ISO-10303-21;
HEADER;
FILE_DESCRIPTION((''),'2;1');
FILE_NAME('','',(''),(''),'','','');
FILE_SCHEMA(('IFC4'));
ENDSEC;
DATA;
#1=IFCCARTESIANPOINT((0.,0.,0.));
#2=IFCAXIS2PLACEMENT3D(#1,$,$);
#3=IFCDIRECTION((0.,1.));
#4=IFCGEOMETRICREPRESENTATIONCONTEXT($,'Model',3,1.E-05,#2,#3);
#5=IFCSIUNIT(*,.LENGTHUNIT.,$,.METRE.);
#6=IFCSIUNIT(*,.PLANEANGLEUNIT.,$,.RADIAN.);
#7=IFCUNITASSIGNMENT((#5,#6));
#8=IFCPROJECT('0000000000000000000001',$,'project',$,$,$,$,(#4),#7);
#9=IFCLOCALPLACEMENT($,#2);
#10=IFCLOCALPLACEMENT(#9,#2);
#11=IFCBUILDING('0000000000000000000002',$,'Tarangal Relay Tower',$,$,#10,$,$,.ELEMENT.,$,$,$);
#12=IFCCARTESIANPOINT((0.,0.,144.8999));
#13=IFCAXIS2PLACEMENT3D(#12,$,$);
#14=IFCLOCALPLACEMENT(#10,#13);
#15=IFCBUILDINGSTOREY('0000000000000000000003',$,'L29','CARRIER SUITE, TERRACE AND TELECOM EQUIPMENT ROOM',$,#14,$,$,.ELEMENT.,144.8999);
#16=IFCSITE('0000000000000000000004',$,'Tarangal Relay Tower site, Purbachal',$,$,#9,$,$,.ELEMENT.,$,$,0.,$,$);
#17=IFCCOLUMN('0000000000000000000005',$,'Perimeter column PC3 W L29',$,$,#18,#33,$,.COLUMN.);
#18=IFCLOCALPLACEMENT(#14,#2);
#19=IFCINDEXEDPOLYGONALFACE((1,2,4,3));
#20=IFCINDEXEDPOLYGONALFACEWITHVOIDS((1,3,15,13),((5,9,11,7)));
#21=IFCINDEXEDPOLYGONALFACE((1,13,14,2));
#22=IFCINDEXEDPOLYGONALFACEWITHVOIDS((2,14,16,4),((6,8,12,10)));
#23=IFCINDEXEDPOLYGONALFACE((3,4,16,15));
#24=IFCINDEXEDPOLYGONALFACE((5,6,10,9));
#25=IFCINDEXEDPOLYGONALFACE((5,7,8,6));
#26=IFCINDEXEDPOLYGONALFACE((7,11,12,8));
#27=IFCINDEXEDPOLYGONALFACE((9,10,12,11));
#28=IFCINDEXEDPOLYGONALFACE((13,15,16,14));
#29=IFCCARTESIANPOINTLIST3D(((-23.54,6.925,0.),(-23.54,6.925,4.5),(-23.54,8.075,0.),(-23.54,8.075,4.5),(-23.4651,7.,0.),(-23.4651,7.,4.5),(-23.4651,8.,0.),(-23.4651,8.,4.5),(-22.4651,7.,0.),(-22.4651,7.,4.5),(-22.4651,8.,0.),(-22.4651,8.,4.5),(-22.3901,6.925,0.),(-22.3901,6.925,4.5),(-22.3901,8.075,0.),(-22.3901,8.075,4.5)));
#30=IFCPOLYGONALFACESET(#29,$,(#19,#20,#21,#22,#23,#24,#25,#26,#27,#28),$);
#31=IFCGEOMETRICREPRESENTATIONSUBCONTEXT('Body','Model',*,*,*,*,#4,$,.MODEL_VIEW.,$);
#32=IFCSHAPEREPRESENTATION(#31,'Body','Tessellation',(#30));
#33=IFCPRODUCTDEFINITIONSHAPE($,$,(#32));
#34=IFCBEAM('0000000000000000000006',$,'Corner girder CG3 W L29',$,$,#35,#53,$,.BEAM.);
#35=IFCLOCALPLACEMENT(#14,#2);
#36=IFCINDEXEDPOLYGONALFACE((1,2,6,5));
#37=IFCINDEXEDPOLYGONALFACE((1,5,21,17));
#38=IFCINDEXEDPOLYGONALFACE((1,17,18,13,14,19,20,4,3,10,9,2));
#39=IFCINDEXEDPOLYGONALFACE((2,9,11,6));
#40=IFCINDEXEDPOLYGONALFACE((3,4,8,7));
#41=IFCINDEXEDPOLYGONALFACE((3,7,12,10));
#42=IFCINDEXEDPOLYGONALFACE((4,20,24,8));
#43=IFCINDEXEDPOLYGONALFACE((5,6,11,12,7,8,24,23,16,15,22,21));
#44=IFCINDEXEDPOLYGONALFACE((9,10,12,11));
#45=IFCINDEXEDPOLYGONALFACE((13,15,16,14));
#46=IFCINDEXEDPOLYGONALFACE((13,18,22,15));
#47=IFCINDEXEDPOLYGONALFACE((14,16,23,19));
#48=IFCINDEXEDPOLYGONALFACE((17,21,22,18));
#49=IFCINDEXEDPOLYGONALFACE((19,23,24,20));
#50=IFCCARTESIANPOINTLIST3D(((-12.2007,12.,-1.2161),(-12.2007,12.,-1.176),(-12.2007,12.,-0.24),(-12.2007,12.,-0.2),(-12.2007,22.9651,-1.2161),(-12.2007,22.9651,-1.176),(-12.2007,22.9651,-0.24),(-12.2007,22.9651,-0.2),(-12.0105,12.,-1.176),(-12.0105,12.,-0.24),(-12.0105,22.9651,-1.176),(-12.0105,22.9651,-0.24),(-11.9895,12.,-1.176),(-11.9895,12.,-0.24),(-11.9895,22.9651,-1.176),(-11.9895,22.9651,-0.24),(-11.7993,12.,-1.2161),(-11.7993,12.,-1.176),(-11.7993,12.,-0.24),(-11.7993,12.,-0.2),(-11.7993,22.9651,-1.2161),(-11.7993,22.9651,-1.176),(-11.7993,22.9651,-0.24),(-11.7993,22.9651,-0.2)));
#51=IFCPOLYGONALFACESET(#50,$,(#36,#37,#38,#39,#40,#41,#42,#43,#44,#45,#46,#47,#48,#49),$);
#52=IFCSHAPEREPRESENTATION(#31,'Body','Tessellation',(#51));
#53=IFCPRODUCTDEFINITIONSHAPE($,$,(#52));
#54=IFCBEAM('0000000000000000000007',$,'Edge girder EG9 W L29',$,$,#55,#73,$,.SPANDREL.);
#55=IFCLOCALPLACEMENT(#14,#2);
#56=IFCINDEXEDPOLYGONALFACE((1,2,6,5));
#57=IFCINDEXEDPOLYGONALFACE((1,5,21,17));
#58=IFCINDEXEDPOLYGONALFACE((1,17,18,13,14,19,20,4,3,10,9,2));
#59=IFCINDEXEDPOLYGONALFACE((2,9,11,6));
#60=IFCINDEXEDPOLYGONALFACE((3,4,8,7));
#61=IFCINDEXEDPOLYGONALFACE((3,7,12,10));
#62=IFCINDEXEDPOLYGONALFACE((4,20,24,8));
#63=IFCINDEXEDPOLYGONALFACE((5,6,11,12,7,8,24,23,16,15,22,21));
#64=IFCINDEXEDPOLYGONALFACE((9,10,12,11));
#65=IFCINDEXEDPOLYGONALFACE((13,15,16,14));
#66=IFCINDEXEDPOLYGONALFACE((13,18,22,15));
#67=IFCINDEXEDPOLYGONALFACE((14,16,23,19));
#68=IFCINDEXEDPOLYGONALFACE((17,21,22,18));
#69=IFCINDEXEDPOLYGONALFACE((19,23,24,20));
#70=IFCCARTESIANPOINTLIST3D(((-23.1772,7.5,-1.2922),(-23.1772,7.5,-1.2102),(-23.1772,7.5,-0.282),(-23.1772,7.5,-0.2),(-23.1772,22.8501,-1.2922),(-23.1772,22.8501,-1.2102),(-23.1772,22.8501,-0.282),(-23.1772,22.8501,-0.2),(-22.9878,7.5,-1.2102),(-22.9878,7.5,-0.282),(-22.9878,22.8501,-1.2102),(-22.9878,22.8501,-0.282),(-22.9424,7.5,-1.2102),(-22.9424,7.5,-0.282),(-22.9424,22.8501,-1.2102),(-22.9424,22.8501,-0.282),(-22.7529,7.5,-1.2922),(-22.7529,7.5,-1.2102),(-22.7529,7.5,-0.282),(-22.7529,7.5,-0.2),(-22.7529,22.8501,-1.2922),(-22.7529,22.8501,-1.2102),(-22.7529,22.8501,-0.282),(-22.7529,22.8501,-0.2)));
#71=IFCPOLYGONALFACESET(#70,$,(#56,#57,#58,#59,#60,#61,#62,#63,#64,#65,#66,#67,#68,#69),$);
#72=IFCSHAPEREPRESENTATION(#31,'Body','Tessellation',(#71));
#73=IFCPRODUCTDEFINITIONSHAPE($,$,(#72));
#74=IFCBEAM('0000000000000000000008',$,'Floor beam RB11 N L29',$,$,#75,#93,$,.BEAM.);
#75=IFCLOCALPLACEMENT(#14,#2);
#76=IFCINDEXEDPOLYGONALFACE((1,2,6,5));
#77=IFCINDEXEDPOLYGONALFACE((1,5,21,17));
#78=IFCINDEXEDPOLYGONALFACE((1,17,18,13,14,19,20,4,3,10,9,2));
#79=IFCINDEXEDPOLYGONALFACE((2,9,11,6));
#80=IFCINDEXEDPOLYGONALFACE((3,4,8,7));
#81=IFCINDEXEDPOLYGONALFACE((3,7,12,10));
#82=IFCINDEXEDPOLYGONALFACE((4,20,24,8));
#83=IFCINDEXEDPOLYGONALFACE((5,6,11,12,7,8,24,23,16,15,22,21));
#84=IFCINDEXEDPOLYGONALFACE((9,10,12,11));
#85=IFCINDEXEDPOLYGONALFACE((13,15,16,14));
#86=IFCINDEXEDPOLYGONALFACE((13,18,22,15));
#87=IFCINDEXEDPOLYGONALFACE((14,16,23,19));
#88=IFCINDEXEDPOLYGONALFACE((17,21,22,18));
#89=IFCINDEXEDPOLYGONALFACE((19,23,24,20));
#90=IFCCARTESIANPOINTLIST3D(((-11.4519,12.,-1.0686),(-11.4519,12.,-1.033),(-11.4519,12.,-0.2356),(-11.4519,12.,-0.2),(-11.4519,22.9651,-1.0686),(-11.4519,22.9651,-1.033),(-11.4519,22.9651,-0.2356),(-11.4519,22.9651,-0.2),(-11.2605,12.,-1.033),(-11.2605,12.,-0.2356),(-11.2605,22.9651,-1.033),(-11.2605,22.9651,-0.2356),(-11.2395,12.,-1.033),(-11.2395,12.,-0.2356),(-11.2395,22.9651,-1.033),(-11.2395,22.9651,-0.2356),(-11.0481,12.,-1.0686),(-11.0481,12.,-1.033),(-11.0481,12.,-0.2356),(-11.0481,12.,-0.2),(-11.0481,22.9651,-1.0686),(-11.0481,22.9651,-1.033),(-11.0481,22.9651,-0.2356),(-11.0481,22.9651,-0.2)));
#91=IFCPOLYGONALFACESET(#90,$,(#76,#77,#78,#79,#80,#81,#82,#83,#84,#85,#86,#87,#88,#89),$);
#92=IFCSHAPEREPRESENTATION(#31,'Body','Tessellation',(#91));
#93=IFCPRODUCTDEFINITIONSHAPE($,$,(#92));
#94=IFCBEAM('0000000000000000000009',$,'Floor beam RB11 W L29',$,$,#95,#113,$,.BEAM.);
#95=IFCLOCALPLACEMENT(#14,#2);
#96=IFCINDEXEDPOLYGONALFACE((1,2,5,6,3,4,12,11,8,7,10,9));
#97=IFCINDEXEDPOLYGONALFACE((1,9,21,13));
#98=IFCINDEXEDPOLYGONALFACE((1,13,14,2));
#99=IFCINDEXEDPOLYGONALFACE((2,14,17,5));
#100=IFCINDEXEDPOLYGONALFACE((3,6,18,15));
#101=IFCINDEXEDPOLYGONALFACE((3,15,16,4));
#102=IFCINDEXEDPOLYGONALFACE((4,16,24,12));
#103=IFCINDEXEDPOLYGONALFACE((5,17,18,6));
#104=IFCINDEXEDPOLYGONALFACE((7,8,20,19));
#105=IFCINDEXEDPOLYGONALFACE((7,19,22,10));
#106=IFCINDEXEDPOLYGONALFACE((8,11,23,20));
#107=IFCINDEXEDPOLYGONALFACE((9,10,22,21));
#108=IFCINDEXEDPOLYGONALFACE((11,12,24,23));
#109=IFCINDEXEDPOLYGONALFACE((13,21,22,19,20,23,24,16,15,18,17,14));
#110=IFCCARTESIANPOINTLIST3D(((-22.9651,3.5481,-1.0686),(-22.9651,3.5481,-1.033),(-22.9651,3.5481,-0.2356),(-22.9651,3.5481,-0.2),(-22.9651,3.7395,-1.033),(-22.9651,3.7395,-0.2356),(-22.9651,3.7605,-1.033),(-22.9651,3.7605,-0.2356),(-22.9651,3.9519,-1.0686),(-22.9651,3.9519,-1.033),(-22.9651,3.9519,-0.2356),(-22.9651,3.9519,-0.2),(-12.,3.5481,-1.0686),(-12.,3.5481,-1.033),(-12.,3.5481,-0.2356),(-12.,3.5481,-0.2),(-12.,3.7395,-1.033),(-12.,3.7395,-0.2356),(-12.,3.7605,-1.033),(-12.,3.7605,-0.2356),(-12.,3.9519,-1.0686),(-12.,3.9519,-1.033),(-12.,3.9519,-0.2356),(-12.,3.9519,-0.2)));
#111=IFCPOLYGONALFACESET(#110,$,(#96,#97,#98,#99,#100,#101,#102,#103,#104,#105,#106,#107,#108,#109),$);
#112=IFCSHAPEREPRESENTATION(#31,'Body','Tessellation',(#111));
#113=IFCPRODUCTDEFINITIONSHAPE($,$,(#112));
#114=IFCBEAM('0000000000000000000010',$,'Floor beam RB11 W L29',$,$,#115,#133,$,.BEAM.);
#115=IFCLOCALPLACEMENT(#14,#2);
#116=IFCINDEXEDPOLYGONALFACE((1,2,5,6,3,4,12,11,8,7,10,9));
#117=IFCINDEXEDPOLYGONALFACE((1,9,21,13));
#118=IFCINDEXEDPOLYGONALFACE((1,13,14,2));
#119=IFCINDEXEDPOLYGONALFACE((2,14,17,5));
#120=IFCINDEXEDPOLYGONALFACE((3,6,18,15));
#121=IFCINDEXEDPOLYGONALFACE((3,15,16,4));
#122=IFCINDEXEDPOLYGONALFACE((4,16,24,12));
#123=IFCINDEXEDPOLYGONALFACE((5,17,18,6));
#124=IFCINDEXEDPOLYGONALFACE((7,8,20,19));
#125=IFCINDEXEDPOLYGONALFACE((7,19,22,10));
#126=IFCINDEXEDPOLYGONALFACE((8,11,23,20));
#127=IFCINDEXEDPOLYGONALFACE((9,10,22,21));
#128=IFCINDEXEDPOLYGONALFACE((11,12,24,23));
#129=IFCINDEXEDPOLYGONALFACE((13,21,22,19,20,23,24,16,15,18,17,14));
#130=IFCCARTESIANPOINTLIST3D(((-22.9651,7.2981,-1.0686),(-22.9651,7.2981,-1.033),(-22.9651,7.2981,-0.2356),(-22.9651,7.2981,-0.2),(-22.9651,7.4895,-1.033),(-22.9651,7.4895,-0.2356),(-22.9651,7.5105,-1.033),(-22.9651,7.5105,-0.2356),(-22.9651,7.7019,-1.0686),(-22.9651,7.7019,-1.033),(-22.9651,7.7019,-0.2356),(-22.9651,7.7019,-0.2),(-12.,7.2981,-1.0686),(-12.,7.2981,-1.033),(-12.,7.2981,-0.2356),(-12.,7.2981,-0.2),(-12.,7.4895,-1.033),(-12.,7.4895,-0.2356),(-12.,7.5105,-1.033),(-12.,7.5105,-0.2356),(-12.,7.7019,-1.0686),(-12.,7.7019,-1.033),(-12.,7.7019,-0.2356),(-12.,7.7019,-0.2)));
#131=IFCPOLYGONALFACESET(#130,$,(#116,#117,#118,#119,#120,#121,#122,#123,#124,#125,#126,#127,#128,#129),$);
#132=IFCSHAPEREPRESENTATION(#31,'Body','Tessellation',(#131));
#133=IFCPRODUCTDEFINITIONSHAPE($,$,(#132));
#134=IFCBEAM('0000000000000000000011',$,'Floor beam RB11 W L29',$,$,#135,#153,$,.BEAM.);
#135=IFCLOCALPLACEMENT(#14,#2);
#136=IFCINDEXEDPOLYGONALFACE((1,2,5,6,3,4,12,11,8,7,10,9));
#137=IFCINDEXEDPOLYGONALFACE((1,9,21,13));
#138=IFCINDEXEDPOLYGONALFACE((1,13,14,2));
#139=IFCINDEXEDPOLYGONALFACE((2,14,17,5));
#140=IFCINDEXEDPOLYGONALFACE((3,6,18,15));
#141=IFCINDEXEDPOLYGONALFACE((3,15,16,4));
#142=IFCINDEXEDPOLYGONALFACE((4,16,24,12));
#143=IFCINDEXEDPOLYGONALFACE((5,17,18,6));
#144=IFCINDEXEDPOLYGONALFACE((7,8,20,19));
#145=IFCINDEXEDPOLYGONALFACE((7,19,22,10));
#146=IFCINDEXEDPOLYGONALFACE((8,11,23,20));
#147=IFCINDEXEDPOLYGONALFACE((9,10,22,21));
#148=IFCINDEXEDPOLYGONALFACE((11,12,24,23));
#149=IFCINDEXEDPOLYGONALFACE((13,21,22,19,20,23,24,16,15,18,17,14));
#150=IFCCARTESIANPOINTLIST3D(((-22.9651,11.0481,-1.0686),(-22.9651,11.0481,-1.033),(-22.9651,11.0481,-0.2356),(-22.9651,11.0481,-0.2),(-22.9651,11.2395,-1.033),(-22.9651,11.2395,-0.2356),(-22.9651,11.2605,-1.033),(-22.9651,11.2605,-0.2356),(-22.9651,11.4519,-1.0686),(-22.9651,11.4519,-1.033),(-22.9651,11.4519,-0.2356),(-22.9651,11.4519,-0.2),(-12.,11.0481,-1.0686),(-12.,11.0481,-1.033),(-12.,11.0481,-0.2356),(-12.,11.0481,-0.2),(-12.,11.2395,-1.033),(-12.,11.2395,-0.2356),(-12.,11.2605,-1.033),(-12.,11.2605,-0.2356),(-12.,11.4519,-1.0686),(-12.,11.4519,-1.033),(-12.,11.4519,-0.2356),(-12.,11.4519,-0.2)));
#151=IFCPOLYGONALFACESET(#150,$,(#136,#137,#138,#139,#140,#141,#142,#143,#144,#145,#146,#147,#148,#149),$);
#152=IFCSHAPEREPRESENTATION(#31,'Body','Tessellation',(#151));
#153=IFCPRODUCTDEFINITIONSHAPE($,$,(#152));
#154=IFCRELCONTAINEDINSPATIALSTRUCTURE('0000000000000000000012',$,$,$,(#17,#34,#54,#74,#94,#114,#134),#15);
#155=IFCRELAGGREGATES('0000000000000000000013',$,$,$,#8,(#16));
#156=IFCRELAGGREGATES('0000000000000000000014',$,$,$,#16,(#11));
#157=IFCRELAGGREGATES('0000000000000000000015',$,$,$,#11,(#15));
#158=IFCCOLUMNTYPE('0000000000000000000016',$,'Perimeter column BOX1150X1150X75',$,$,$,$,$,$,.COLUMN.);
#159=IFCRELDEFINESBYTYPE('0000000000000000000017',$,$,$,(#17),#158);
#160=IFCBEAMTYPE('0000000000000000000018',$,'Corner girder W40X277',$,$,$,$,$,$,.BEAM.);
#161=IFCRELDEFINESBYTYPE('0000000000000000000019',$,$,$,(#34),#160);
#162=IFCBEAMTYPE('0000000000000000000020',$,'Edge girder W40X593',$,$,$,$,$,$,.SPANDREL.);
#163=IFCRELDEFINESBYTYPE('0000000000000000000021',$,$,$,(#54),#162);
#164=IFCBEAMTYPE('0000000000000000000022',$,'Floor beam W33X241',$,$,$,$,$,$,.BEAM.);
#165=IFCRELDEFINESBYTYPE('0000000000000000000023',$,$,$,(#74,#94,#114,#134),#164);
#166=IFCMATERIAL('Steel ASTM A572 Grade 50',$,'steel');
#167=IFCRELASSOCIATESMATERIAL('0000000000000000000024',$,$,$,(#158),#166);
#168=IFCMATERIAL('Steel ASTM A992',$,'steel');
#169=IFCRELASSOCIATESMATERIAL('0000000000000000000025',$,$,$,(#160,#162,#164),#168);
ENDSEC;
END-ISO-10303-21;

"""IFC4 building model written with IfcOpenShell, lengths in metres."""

from ifc_helpers import new_model, si_unit, direction, frame, origin, origin_2d, place, context, subcontext, project, spatial, hollow_rectangle, i_section, extrude, material, material_profile, profile_set, type_object, element, save


model = new_model("IFC4")

# Units and contexts
model_context = context("Model", 3, precision=1e-05, world=origin(), true_north=direction((0.0, 1.0)))
body_context = subcontext(model_context, "Body", "Model", "MODEL_VIEW")
ifc_project = project(units=[si_unit("LENGTHUNIT", "METRE"), si_unit("PLANEANGLEUNIT", "RADIAN")], contexts=[model_context])

# Site, building, storey
site_placement = place(None, origin())
site = spatial("IfcSite", under=ifc_project, at=site_placement, Name="Tarangal Relay Tower site, Purbachal", CompositionType="ELEMENT", RefElevation=0.0)
building_placement = place(site_placement, origin())
building = spatial("IfcBuilding", under=site, at=building_placement, Name="Tarangal Relay Tower", CompositionType="ELEMENT")
storey_placement = place(building_placement, frame((0.0, 0.0, 144.8999)))
storey = spatial("IfcBuildingStorey", under=building, at=storey_placement, Name="L29", Description="CARRIER SUITE, TERRACE AND TELECOM EQUIPMENT ROOM", CompositionType="ELEMENT", Elevation=144.8999)

# Column
ifc_material_1 = material(Name="Steel ASTM A572 Grade 50", Category="steel")
ifc_material_profile_1 = material_profile(ifc_material_1, hollow_rectangle(XDim=1.1499, YDim=1.1499, WallThickness=0.075, at=origin_2d()), Name="BOX1150X1150X75")
ifc_profile_set_1 = profile_set([ifc_material_profile_1], Name="Steel ASTM A572 Grade 50")
column_type = type_object("IfcColumnType", Name="Perimeter column BOX1150X1150X75", PredefinedType="COLUMN", material=ifc_profile_set_1)
column_placement = place(storey_placement, frame((-22.9651, 7.5, 0.0), z_axis=(0.0, 0.0, 1.0), x_axis=(1.0, 0.0, 0.0)))
element("IfcColumn", 1, at=column_placement, inside=storey, type_object=column_type, Name="Perimeter column PC3 W L29", PredefinedType="COLUMN", context=body_context, shape_type="SweptSolid", body=[
    extrude(hollow_rectangle(XDim=1.1499, YDim=1.1499, WallThickness=0.075, at=origin_2d()), origin(), (0.0, 0.0, 1.0), 4.5),
])

# Beams
ifc_material_2 = material(Name="Steel ASTM A992", Category="steel")
ifc_material_profile_2 = material_profile(ifc_material_2, i_section(OverallWidth=0.4014, OverallDepth=1.0161, WebThickness=0.021, FlangeThickness=0.04, at=origin_2d()), Name="W40X277")
ifc_profile_set_2 = profile_set([ifc_material_profile_2], Name="Steel ASTM A992")
beam_type_1 = type_object("IfcBeamType", Name="Corner girder W40X277", PredefinedType="BEAM", material=ifc_profile_set_2)
beam_1_placement = place(storey_placement, frame((-12.0, 12.0, -0.708), z_axis=(0.0, 1.0, 0.0), x_axis=(-1.0, 0.0, 0.0)))
element("IfcBeam", 2, at=beam_1_placement, inside=storey, type_object=beam_type_1, Name="Corner girder CG3 W L29", PredefinedType="BEAM", context=body_context, shape_type="SweptSolid", body=[
    extrude(i_section(OverallWidth=0.4014, OverallDepth=1.0161, WebThickness=0.021, FlangeThickness=0.04, at=origin_2d()), origin(), (0.0, 0.0, 1.0), 10.9651),
])
ifc_material_profile_3 = material_profile(ifc_material_2, i_section(OverallWidth=0.4243, OverallDepth=1.0923, WebThickness=0.0454, FlangeThickness=0.082, at=origin_2d()), Name="W40X593")
ifc_profile_set_3 = profile_set([ifc_material_profile_3], Name="Steel ASTM A992")
beam_type_2 = type_object("IfcBeamType", Name="Edge girder W40X593", PredefinedType="SPANDREL", material=ifc_profile_set_3)
beam_2_placement = place(storey_placement, frame((-22.9651, 7.5, -0.7461), z_axis=(0.0, 1.0, 0.0), x_axis=(-1.0, 0.0, 0.0)))
element("IfcBeam", 3, at=beam_2_placement, inside=storey, type_object=beam_type_2, Name="Edge girder EG9 W L29", PredefinedType="SPANDREL", context=body_context, shape_type="SweptSolid", body=[
    extrude(i_section(OverallWidth=0.4243, OverallDepth=1.0923, WebThickness=0.0454, FlangeThickness=0.082, at=origin_2d()), origin(), (0.0, 0.0, 1.0), 15.3501),
])
ifc_material_profile_4 = material_profile(ifc_material_2, i_section(OverallWidth=0.4038, OverallDepth=0.8687, WebThickness=0.021, FlangeThickness=0.0356, at=origin_2d()), Name="W33X241")
ifc_profile_set_4 = profile_set([ifc_material_profile_4], Name="Steel ASTM A992")
beam_type_3 = type_object("IfcBeamType", Name="Floor beam W33X241", PredefinedType="BEAM", material=ifc_profile_set_4)
for number, where, z_axis, x_axis, name in (
    (4, (-11.25, 12.0, -0.6343), (0.0, 1.0, 0.0), (-1.0, 0.0, 0.0), "Floor beam RB11 N L29"),
    (5, (-12.0, 3.75, -0.6343), (-1.0, 0.0, 0.0), (0.0, -1.0, 0.0), "Floor beam RB11 W L29"),
    (6, (-12.0, 7.5, -0.6343), (-1.0, 0.0, 0.0), (0.0, -1.0, 0.0), "Floor beam RB11 W L29"),
    (7, (-12.0, 11.25, -0.6343), (-1.0, 0.0, 0.0), (0.0, -1.0, 0.0), "Floor beam RB11 W L29"),
):
    element("IfcBeam", number, at=place(storey_placement, frame(where, z_axis=z_axis, x_axis=x_axis)), inside=storey, type_object=beam_type_3, Name=name, PredefinedType="BEAM", context=body_context, shape_type="SweptSolid", body=[
        extrude(i_section(OverallWidth=0.4038, OverallDepth=0.8687, WebThickness=0.021, FlangeThickness=0.0356, at=origin_2d()), origin(), (0.0, 0.0, 1.0), 10.9651),
    ])

save(model, "model.ifc")
